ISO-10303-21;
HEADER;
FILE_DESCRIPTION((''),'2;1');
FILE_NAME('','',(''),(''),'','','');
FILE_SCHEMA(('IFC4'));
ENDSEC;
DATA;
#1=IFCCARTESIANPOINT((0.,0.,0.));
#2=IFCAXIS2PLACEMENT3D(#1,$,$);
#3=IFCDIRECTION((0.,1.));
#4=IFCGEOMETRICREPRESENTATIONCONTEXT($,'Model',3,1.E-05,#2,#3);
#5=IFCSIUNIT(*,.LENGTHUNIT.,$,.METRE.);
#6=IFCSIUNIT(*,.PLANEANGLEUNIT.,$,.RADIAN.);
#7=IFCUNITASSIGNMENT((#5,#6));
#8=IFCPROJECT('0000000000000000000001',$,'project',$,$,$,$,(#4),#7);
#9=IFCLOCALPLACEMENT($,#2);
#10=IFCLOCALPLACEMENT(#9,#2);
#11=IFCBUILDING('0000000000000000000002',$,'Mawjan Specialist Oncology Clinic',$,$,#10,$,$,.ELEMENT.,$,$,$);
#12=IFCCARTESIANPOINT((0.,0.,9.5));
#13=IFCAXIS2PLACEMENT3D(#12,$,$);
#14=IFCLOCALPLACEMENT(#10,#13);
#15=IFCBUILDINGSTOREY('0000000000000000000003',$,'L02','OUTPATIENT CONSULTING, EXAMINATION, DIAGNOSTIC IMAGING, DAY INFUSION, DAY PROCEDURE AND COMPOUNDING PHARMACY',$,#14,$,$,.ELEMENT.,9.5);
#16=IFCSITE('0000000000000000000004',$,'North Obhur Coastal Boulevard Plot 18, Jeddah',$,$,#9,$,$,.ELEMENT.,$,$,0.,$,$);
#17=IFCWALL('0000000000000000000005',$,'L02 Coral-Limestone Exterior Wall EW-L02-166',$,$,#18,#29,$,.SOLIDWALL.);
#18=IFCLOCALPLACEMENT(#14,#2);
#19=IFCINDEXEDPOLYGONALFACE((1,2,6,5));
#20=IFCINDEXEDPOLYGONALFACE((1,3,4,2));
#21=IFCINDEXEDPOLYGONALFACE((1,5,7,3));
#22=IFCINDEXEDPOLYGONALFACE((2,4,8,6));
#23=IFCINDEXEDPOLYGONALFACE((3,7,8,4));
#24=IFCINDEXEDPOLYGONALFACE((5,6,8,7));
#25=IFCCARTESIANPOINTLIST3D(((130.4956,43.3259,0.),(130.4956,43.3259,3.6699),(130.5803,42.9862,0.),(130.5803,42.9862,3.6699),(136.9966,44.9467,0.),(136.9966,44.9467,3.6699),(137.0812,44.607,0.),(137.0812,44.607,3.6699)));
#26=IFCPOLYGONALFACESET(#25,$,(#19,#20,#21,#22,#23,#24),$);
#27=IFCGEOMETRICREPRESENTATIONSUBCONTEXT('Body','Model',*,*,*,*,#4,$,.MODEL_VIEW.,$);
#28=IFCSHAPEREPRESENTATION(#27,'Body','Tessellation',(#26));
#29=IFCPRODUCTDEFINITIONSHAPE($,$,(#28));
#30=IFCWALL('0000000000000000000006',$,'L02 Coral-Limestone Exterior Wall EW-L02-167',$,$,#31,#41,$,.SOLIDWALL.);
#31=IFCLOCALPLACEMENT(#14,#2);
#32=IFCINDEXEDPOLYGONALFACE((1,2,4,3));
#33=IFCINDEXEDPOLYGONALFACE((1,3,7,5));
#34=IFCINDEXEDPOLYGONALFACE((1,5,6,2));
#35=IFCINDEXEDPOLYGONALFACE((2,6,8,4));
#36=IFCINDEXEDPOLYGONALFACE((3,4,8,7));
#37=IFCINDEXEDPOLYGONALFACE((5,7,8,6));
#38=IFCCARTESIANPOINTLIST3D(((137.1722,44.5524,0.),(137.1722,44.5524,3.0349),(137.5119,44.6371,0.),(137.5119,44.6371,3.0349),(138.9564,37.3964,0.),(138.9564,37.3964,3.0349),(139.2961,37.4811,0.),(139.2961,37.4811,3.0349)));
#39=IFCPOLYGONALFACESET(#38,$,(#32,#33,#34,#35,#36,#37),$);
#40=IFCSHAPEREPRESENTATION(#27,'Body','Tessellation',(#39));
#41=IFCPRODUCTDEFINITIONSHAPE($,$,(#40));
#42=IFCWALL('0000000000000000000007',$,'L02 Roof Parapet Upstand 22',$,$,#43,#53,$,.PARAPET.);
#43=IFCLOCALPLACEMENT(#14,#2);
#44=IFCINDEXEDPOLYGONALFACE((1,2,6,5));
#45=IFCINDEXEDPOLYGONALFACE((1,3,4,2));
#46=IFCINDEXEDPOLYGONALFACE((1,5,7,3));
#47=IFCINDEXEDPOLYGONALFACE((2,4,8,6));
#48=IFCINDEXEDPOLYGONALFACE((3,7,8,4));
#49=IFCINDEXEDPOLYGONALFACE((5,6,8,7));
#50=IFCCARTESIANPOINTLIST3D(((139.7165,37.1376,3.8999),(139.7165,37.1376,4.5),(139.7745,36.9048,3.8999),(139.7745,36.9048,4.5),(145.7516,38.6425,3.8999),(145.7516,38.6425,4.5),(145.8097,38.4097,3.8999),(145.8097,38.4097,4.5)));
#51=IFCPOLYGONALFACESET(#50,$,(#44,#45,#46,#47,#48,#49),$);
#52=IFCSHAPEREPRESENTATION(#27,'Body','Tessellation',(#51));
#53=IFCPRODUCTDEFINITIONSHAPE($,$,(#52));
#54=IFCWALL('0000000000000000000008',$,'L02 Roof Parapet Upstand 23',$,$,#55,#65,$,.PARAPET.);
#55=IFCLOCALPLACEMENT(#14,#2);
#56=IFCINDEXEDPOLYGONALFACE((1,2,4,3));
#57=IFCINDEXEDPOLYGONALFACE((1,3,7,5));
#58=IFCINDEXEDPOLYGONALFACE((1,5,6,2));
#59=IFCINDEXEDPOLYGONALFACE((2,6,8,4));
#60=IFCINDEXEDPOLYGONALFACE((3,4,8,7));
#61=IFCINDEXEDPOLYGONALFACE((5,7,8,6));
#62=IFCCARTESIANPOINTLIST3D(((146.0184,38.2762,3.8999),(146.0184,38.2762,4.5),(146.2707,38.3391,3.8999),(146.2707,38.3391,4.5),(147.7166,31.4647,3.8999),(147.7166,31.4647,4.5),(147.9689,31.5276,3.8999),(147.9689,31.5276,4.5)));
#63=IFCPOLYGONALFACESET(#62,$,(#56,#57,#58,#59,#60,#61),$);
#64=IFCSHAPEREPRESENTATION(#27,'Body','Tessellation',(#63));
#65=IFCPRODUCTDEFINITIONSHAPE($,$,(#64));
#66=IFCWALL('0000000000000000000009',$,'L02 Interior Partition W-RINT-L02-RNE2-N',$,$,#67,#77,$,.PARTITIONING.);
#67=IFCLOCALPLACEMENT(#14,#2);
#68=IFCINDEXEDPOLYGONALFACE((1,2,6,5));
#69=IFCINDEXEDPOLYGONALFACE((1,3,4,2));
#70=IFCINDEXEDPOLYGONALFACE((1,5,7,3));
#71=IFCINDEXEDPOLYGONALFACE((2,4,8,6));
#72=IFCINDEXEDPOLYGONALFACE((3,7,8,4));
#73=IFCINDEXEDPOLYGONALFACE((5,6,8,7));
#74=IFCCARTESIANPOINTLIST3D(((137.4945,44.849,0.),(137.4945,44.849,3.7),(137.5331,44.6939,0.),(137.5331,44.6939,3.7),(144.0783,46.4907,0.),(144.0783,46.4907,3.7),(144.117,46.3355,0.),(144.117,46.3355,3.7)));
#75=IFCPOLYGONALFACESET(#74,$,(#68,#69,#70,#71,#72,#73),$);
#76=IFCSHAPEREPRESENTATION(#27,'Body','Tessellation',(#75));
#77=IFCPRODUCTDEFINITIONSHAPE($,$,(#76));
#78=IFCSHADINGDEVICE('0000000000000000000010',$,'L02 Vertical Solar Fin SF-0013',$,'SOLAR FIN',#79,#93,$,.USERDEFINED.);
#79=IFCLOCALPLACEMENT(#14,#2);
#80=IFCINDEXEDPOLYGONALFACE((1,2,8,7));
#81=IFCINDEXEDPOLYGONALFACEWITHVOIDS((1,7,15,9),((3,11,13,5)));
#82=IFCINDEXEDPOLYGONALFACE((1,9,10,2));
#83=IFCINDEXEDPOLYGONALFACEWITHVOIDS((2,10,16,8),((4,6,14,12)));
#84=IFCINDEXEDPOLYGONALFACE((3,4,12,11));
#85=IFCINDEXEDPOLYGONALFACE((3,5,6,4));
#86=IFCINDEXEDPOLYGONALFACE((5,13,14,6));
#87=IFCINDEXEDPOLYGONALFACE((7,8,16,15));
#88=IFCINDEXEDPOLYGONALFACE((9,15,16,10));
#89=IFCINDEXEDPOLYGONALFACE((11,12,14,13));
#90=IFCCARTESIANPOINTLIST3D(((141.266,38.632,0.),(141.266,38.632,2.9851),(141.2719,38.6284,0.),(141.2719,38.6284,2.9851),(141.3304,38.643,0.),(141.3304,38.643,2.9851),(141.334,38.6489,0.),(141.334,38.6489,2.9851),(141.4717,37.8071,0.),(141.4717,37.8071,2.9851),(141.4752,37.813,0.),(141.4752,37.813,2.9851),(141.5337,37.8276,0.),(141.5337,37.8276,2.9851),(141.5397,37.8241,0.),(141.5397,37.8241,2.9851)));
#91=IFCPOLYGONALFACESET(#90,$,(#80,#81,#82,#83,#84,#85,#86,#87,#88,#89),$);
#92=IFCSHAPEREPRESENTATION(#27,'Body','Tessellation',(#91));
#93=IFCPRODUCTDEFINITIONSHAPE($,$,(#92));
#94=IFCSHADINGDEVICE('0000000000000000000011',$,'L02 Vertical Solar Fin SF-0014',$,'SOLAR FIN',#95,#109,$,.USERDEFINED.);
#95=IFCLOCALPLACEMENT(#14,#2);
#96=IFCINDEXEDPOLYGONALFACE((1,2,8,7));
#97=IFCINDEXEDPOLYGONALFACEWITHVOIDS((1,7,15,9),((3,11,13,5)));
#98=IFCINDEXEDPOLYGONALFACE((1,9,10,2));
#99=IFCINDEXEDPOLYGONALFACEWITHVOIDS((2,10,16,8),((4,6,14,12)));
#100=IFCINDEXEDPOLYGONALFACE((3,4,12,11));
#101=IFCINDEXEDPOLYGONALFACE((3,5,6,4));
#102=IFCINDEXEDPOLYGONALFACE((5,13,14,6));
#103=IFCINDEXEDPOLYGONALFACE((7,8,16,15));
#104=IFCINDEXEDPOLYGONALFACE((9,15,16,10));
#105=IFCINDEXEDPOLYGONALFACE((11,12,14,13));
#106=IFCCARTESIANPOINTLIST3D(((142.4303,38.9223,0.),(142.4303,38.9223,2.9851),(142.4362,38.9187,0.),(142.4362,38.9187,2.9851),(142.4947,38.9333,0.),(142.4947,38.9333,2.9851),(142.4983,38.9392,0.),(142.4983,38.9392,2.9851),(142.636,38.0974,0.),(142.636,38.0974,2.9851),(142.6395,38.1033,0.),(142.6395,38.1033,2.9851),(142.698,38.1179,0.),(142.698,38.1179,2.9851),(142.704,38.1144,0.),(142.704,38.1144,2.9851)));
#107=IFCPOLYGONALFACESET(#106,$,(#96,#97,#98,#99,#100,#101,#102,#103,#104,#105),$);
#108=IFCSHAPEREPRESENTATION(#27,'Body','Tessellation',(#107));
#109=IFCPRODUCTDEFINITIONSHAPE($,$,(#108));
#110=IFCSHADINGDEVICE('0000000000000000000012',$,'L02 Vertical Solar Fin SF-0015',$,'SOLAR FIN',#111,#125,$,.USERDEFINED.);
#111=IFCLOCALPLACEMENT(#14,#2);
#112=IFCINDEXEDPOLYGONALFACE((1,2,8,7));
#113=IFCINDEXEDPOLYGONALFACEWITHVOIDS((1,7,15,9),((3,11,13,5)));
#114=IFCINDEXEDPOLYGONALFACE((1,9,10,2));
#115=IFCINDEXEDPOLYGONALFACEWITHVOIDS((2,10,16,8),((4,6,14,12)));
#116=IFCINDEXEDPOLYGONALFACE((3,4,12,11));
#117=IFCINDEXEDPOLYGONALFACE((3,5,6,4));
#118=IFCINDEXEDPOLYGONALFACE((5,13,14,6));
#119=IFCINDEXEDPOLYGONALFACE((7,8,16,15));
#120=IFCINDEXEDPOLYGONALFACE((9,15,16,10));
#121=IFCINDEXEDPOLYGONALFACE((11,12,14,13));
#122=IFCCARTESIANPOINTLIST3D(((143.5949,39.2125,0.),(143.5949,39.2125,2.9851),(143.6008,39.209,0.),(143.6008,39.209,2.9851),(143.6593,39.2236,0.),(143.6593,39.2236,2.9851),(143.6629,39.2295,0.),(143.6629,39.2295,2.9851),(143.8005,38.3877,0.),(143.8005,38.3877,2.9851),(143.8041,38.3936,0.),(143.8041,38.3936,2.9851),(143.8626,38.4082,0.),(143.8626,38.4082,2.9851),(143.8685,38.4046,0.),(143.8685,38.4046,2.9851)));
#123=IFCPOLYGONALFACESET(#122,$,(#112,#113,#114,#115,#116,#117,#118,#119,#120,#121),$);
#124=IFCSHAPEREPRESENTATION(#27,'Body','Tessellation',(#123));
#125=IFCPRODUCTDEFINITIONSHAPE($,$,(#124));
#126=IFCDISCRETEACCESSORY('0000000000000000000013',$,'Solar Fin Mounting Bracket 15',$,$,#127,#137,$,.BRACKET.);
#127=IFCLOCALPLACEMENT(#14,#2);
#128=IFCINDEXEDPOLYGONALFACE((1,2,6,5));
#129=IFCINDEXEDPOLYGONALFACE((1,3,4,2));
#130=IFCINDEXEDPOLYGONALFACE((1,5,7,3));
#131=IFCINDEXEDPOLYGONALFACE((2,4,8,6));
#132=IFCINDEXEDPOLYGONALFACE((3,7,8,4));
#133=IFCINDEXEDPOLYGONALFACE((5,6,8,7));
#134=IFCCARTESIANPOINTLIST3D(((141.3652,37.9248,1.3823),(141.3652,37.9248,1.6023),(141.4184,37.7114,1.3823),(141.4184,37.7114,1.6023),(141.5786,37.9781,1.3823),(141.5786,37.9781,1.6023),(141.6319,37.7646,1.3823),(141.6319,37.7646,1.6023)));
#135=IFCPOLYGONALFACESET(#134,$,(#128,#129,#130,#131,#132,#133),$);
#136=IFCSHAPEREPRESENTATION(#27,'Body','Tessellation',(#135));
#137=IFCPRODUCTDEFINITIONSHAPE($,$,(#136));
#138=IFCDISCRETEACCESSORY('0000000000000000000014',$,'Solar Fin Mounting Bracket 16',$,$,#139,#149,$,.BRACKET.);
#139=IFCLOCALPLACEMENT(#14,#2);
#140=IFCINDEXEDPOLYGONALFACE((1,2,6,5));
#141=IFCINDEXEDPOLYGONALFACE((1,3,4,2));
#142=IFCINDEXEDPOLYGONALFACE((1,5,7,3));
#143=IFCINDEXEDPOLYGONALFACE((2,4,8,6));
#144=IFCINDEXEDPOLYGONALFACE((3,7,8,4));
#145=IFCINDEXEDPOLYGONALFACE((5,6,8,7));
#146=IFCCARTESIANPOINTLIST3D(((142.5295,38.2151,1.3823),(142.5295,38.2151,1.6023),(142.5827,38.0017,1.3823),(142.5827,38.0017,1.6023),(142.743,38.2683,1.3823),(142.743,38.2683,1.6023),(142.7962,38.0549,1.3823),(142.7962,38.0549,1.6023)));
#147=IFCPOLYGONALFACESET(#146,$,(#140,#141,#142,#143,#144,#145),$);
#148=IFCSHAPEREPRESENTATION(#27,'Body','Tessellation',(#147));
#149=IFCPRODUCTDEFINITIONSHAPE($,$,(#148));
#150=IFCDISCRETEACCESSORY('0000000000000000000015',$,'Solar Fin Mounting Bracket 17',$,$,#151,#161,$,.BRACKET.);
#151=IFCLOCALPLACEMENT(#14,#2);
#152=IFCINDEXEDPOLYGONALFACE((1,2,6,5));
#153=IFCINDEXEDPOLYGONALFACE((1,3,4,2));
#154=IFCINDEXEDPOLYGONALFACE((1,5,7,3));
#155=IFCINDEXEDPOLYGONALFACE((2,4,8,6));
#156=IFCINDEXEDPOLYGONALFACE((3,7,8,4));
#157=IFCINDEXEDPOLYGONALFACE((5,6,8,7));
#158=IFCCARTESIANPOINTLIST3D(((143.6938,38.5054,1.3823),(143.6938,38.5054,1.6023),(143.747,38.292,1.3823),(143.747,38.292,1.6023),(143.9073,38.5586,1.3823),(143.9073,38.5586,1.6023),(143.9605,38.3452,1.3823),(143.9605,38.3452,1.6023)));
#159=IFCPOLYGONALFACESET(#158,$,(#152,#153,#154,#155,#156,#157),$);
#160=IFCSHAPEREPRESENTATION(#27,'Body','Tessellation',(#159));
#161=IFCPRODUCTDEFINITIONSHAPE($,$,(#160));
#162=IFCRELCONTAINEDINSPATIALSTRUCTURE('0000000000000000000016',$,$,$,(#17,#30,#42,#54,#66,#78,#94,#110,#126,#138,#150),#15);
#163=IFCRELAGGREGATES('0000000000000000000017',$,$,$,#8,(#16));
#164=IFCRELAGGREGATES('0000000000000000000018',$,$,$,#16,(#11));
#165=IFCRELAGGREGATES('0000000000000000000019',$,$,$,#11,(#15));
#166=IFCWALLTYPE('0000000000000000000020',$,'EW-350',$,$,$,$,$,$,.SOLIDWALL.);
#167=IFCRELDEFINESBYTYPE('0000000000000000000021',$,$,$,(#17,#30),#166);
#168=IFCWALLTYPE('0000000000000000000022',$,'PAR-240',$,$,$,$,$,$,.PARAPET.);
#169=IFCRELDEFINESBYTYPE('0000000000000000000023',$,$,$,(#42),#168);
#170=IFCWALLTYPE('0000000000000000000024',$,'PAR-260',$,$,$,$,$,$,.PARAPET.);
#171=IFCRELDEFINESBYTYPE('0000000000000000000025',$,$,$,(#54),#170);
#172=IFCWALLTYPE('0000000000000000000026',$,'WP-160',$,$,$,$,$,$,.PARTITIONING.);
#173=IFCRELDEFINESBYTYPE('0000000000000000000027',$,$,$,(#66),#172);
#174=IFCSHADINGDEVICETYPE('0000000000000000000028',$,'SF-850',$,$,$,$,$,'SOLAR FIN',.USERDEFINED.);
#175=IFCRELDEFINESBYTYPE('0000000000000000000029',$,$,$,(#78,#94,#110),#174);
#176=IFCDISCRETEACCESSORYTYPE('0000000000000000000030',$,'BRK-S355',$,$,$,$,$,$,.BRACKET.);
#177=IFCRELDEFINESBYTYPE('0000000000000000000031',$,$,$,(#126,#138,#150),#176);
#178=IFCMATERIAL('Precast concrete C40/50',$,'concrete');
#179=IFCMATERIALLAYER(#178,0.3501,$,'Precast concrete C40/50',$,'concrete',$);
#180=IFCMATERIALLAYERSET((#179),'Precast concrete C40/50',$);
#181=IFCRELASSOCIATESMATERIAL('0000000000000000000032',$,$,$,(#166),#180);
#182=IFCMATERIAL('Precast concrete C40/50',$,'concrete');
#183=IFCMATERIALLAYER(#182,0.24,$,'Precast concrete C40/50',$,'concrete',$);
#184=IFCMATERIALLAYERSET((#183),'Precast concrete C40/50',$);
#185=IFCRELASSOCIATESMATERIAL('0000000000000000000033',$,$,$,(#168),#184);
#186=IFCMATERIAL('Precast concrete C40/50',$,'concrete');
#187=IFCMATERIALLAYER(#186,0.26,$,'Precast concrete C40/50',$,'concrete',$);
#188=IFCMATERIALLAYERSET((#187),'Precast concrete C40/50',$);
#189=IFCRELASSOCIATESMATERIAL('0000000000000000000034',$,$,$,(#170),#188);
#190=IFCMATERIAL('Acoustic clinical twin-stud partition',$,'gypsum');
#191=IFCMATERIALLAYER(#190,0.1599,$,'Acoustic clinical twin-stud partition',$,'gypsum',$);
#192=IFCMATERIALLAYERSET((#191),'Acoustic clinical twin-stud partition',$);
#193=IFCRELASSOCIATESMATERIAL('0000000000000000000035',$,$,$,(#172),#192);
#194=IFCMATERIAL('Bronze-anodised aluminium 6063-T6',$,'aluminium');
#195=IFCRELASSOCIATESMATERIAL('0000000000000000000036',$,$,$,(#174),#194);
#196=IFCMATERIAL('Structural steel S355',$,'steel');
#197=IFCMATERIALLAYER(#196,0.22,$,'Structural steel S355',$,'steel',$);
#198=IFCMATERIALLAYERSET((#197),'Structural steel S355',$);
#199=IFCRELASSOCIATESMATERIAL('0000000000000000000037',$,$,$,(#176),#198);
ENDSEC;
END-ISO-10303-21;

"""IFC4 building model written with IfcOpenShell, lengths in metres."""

from ifc_helpers import new_model, si_unit, direction, frame, frame_2d, origin, origin_2d, place, context, subcontext, project, spatial, rectangle, hollow_rectangle, extrude, material, layer, layer_set, material_profile, profile_set, type_object, element, save


model = new_model("IFC4")

# Units and contexts
model_context = context("Model", 3, precision=1e-05, world=origin(), true_north=direction((0.0, 1.0)))
body_context = subcontext(model_context, "Body", "Model", "MODEL_VIEW")
ifc_project = project(units=[si_unit("LENGTHUNIT", "METRE"), si_unit("PLANEANGLEUNIT", "RADIAN")], contexts=[model_context])

# Site, building, storey
site_placement = place(None, origin())
site = spatial("IfcSite", under=ifc_project, at=site_placement, Name="North Obhur Coastal Boulevard Plot 18, Jeddah", CompositionType="ELEMENT", RefElevation=0.0)
building_placement = place(site_placement, origin())
building = spatial("IfcBuilding", under=site, at=building_placement, Name="Mawjan Specialist Oncology Clinic", CompositionType="ELEMENT")
storey_placement = place(building_placement, frame((0.0, 0.0, 9.5)))
storey = spatial("IfcBuildingStorey", under=building, at=storey_placement, Name="L02", Description="OUTPATIENT CONSULTING, EXAMINATION, DIAGNOSTIC IMAGING, DAY INFUSION, DAY PROCEDURE AND COMPOUNDING PHARMACY", CompositionType="ELEMENT", Elevation=9.5)

# Walls
ifc_material_1 = material(Name="Precast concrete C40/50", Category="concrete")
ifc_layer_1 = layer(ifc_material_1, 0.3501, Name="Precast concrete C40/50", Category="concrete")
ifc_layer_set_1 = layer_set([ifc_layer_1], Name="Precast concrete C40/50")
wall_type_1 = type_object("IfcWallType", Name="EW-350", PredefinedType="SOLIDWALL", material=ifc_layer_set_1)
for number, where, z_axis, x_axis, name in (
    (1, (130.5378, 43.156, 0.0), (0.0, 0.0, 1.0), (0.970297, 0.241918, 0.0), "L02 Coral-Limestone Exterior Wall EW-L02-166"),
):
    element("IfcWall", number, at=place(storey_placement, frame(where, z_axis=z_axis, x_axis=x_axis)), inside=storey, type_object=wall_type_1, Name=name, PredefinedType="SOLIDWALL", context=body_context, shape_type="SweptSolid", body=[
        extrude(rectangle(XDim=6.7, YDim=0.3501, at=frame_2d((3.3501, 0.0))), origin(), (0.0, 0.0, 1.0), 3.6699),
    ])
wall_1_placement = place(storey_placement, frame((137.342, 44.5947, 0.0), z_axis=(0.0, 0.0, 1.0), x_axis=(0.24192, -0.970296, 0.0)))
element("IfcWall", 2, at=wall_1_placement, inside=storey, type_object=wall_type_1, Name="L02 Coral-Limestone Exterior Wall EW-L02-167", PredefinedType="SOLIDWALL", context=body_context, shape_type="SweptSolid", body=[
    extrude(rectangle(XDim=7.375, YDim=0.3501, at=frame_2d((3.6875, 0.0))), origin(), (0.0, 0.0, 1.0), 3.0349),
])
ifc_material_2 = material(Name="Precast concrete C40/50", Category="concrete")
ifc_layer_2 = layer(ifc_material_2, 0.24, Name="Precast concrete C40/50", Category="concrete")
ifc_layer_set_2 = layer_set([ifc_layer_2], Name="Precast concrete C40/50")
wall_type_2 = type_object("IfcWallType", Name="PAR-240", PredefinedType="PARAPET", material=ifc_layer_set_2)
wall_2_placement = place(storey_placement, frame((139.7456, 37.0212, 3.8999), z_axis=(0.0, 0.0, 1.0), x_axis=(0.97029, 0.241945, 0.0)))
element("IfcWall", 3, at=wall_2_placement, inside=storey, type_object=wall_type_2, Name="L02 Roof Parapet Upstand 22", PredefinedType="PARAPET", context=body_context, shape_type="SweptSolid", body=[
    extrude(rectangle(XDim=6.22, YDim=0.24, at=frame_2d((3.1099, 0.0))), origin(), (0.0, 0.0, 1.0), 0.6001),
])
ifc_material_3 = material(Name="Precast concrete C40/50", Category="concrete")
ifc_layer_3 = layer(ifc_material_3, 0.26, Name="Precast concrete C40/50", Category="concrete")
ifc_layer_set_3 = layer_set([ifc_layer_3], Name="Precast concrete C40/50")
wall_type_3 = type_object("IfcWallType", Name="PAR-260", PredefinedType="PARAPET", material=ifc_layer_set_3)
wall_3_placement = place(storey_placement, frame((146.1445, 38.3076, 3.8999), z_axis=(0.0, 0.0, 1.0), x_axis=(0.241914, -0.970298, 0.0)))
element("IfcWall", 4, at=wall_3_placement, inside=storey, type_object=wall_type_3, Name="L02 Roof Parapet Upstand 23", PredefinedType="PARAPET", context=body_context, shape_type="SweptSolid", body=[
    extrude(rectangle(XDim=7.02, YDim=0.26, at=frame_2d((3.51, 0.0))), origin(), (0.0, 0.0, 1.0), 0.6001),
])
ifc_material_4 = material(Name="Acoustic clinical twin-stud partition", Category="gypsum")
ifc_layer_4 = layer(ifc_material_4, 0.1599, Name="Acoustic clinical twin-stud partition", Category="gypsum")
ifc_layer_set_4 = layer_set([ifc_layer_4], Name="Acoustic clinical twin-stud partition")
wall_type_4 = type_object("IfcWallType", Name="WP-160", PredefinedType="PARTITIONING", material=ifc_layer_set_4)
wall_4_placement = place(storey_placement, frame((137.5139, 44.7715, 0.0), z_axis=(0.0, 0.0, 1.0), x_axis=(0.970293, 0.241934, 0.0)))
element("IfcWall", 5, at=wall_4_placement, inside=storey, type_object=wall_type_4, Name="L02 Interior Partition W-RINT-L02-RNE2-N", PredefinedType="PARTITIONING", context=body_context, shape_type="SweptSolid", body=[
    extrude(rectangle(XDim=6.7854, YDim=0.1599, at=frame_2d((3.3926, 0.0))), origin(), (0.0, 0.0, 1.0), 3.7),
])

# Shading devices
ifc_material_5 = material(Name="Bronze-anodised aluminium 6063-T6", Category="aluminium")
ifc_material_profile_1 = material_profile(ifc_material_5, hollow_rectangle(XDim=0.0701, YDim=0.8501, WallThickness=0.0049, at=origin_2d()), Name="FIN 850x70x5", Category="aluminium")
ifc_profile_set_1 = profile_set([ifc_material_profile_1], Name="Bronze-anodised aluminium 6063-T6")
shading_device_type = type_object("IfcShadingDeviceType", Name="SF-850", ElementType="SOLAR FIN", PredefinedType="USERDEFINED", material=ifc_profile_set_1)
for number, where, z_axis, x_axis, name in (
    (6, (141.4028, 38.228, 0.0), (0.0, 0.0, 1.0), (0.970296, 0.241922, 0.0), "L02 Vertical Solar Fin SF-0013"),
    (7, (142.5671, 38.5183, 0.0), (0.0, 0.0, 1.0), (0.970296, 0.241922, 0.0), "L02 Vertical Solar Fin SF-0014"),
    (8, (143.7317, 38.8086, 0.0), (0.0, 0.0, 1.0), (0.970296, 0.241922, 0.0), "L02 Vertical Solar Fin SF-0015"),
):
    element("IfcShadingDevice", number, at=place(storey_placement, frame(where, z_axis=z_axis, x_axis=x_axis)), inside=storey, type_object=shading_device_type, Name=name, ObjectType="SOLAR FIN", PredefinedType="USERDEFINED", context=body_context, shape_type="SweptSolid", body=[
        extrude(hollow_rectangle(XDim=0.0701, YDim=0.8501, WallThickness=0.0049, at=origin_2d()), origin(), (0.0, 0.0, 1.0), 2.9851),
    ])

# Discrete accessories
ifc_material_6 = material(Name="Structural steel S355", Category="steel")
ifc_layer_5 = layer(ifc_material_6, 0.22, Name="Structural steel S355", Category="steel")
ifc_layer_set_5 = layer_set([ifc_layer_5], Name="Structural steel S355")
discrete_accessory_type = type_object("IfcDiscreteAccessoryType", Name="BRK-S355", PredefinedType="BRACKET", material=ifc_layer_set_5)
for number, where, z_axis, x_axis, name in (
    (9, (141.4985, 37.8447, 1.3823), (0.0, 0.0, 1.0), (0.970296, 0.241922, 0.0), "Solar Fin Mounting Bracket 15"),
    (10, (142.6628, 38.135, 1.3823), (0.0, 0.0, 1.0), (0.970296, 0.241922, 0.0), "Solar Fin Mounting Bracket 16"),
    (11, (143.8271, 38.4253, 1.3823), (0.0, 0.0, 1.0), (0.970296, 0.241922, 0.0), "Solar Fin Mounting Bracket 17"),
):
    element("IfcDiscreteAccessory", number, at=place(storey_placement, frame(where, z_axis=z_axis, x_axis=x_axis)), inside=storey, type_object=discrete_accessory_type, Name=name, PredefinedType="BRACKET", context=body_context, shape_type="SweptSolid", body=[
        extrude(rectangle(XDim=0.22, YDim=0.22, at=origin_2d()), origin(), (0.0, 0.0, 1.0), 0.22),
    ])

save(model, "model.ifc")
